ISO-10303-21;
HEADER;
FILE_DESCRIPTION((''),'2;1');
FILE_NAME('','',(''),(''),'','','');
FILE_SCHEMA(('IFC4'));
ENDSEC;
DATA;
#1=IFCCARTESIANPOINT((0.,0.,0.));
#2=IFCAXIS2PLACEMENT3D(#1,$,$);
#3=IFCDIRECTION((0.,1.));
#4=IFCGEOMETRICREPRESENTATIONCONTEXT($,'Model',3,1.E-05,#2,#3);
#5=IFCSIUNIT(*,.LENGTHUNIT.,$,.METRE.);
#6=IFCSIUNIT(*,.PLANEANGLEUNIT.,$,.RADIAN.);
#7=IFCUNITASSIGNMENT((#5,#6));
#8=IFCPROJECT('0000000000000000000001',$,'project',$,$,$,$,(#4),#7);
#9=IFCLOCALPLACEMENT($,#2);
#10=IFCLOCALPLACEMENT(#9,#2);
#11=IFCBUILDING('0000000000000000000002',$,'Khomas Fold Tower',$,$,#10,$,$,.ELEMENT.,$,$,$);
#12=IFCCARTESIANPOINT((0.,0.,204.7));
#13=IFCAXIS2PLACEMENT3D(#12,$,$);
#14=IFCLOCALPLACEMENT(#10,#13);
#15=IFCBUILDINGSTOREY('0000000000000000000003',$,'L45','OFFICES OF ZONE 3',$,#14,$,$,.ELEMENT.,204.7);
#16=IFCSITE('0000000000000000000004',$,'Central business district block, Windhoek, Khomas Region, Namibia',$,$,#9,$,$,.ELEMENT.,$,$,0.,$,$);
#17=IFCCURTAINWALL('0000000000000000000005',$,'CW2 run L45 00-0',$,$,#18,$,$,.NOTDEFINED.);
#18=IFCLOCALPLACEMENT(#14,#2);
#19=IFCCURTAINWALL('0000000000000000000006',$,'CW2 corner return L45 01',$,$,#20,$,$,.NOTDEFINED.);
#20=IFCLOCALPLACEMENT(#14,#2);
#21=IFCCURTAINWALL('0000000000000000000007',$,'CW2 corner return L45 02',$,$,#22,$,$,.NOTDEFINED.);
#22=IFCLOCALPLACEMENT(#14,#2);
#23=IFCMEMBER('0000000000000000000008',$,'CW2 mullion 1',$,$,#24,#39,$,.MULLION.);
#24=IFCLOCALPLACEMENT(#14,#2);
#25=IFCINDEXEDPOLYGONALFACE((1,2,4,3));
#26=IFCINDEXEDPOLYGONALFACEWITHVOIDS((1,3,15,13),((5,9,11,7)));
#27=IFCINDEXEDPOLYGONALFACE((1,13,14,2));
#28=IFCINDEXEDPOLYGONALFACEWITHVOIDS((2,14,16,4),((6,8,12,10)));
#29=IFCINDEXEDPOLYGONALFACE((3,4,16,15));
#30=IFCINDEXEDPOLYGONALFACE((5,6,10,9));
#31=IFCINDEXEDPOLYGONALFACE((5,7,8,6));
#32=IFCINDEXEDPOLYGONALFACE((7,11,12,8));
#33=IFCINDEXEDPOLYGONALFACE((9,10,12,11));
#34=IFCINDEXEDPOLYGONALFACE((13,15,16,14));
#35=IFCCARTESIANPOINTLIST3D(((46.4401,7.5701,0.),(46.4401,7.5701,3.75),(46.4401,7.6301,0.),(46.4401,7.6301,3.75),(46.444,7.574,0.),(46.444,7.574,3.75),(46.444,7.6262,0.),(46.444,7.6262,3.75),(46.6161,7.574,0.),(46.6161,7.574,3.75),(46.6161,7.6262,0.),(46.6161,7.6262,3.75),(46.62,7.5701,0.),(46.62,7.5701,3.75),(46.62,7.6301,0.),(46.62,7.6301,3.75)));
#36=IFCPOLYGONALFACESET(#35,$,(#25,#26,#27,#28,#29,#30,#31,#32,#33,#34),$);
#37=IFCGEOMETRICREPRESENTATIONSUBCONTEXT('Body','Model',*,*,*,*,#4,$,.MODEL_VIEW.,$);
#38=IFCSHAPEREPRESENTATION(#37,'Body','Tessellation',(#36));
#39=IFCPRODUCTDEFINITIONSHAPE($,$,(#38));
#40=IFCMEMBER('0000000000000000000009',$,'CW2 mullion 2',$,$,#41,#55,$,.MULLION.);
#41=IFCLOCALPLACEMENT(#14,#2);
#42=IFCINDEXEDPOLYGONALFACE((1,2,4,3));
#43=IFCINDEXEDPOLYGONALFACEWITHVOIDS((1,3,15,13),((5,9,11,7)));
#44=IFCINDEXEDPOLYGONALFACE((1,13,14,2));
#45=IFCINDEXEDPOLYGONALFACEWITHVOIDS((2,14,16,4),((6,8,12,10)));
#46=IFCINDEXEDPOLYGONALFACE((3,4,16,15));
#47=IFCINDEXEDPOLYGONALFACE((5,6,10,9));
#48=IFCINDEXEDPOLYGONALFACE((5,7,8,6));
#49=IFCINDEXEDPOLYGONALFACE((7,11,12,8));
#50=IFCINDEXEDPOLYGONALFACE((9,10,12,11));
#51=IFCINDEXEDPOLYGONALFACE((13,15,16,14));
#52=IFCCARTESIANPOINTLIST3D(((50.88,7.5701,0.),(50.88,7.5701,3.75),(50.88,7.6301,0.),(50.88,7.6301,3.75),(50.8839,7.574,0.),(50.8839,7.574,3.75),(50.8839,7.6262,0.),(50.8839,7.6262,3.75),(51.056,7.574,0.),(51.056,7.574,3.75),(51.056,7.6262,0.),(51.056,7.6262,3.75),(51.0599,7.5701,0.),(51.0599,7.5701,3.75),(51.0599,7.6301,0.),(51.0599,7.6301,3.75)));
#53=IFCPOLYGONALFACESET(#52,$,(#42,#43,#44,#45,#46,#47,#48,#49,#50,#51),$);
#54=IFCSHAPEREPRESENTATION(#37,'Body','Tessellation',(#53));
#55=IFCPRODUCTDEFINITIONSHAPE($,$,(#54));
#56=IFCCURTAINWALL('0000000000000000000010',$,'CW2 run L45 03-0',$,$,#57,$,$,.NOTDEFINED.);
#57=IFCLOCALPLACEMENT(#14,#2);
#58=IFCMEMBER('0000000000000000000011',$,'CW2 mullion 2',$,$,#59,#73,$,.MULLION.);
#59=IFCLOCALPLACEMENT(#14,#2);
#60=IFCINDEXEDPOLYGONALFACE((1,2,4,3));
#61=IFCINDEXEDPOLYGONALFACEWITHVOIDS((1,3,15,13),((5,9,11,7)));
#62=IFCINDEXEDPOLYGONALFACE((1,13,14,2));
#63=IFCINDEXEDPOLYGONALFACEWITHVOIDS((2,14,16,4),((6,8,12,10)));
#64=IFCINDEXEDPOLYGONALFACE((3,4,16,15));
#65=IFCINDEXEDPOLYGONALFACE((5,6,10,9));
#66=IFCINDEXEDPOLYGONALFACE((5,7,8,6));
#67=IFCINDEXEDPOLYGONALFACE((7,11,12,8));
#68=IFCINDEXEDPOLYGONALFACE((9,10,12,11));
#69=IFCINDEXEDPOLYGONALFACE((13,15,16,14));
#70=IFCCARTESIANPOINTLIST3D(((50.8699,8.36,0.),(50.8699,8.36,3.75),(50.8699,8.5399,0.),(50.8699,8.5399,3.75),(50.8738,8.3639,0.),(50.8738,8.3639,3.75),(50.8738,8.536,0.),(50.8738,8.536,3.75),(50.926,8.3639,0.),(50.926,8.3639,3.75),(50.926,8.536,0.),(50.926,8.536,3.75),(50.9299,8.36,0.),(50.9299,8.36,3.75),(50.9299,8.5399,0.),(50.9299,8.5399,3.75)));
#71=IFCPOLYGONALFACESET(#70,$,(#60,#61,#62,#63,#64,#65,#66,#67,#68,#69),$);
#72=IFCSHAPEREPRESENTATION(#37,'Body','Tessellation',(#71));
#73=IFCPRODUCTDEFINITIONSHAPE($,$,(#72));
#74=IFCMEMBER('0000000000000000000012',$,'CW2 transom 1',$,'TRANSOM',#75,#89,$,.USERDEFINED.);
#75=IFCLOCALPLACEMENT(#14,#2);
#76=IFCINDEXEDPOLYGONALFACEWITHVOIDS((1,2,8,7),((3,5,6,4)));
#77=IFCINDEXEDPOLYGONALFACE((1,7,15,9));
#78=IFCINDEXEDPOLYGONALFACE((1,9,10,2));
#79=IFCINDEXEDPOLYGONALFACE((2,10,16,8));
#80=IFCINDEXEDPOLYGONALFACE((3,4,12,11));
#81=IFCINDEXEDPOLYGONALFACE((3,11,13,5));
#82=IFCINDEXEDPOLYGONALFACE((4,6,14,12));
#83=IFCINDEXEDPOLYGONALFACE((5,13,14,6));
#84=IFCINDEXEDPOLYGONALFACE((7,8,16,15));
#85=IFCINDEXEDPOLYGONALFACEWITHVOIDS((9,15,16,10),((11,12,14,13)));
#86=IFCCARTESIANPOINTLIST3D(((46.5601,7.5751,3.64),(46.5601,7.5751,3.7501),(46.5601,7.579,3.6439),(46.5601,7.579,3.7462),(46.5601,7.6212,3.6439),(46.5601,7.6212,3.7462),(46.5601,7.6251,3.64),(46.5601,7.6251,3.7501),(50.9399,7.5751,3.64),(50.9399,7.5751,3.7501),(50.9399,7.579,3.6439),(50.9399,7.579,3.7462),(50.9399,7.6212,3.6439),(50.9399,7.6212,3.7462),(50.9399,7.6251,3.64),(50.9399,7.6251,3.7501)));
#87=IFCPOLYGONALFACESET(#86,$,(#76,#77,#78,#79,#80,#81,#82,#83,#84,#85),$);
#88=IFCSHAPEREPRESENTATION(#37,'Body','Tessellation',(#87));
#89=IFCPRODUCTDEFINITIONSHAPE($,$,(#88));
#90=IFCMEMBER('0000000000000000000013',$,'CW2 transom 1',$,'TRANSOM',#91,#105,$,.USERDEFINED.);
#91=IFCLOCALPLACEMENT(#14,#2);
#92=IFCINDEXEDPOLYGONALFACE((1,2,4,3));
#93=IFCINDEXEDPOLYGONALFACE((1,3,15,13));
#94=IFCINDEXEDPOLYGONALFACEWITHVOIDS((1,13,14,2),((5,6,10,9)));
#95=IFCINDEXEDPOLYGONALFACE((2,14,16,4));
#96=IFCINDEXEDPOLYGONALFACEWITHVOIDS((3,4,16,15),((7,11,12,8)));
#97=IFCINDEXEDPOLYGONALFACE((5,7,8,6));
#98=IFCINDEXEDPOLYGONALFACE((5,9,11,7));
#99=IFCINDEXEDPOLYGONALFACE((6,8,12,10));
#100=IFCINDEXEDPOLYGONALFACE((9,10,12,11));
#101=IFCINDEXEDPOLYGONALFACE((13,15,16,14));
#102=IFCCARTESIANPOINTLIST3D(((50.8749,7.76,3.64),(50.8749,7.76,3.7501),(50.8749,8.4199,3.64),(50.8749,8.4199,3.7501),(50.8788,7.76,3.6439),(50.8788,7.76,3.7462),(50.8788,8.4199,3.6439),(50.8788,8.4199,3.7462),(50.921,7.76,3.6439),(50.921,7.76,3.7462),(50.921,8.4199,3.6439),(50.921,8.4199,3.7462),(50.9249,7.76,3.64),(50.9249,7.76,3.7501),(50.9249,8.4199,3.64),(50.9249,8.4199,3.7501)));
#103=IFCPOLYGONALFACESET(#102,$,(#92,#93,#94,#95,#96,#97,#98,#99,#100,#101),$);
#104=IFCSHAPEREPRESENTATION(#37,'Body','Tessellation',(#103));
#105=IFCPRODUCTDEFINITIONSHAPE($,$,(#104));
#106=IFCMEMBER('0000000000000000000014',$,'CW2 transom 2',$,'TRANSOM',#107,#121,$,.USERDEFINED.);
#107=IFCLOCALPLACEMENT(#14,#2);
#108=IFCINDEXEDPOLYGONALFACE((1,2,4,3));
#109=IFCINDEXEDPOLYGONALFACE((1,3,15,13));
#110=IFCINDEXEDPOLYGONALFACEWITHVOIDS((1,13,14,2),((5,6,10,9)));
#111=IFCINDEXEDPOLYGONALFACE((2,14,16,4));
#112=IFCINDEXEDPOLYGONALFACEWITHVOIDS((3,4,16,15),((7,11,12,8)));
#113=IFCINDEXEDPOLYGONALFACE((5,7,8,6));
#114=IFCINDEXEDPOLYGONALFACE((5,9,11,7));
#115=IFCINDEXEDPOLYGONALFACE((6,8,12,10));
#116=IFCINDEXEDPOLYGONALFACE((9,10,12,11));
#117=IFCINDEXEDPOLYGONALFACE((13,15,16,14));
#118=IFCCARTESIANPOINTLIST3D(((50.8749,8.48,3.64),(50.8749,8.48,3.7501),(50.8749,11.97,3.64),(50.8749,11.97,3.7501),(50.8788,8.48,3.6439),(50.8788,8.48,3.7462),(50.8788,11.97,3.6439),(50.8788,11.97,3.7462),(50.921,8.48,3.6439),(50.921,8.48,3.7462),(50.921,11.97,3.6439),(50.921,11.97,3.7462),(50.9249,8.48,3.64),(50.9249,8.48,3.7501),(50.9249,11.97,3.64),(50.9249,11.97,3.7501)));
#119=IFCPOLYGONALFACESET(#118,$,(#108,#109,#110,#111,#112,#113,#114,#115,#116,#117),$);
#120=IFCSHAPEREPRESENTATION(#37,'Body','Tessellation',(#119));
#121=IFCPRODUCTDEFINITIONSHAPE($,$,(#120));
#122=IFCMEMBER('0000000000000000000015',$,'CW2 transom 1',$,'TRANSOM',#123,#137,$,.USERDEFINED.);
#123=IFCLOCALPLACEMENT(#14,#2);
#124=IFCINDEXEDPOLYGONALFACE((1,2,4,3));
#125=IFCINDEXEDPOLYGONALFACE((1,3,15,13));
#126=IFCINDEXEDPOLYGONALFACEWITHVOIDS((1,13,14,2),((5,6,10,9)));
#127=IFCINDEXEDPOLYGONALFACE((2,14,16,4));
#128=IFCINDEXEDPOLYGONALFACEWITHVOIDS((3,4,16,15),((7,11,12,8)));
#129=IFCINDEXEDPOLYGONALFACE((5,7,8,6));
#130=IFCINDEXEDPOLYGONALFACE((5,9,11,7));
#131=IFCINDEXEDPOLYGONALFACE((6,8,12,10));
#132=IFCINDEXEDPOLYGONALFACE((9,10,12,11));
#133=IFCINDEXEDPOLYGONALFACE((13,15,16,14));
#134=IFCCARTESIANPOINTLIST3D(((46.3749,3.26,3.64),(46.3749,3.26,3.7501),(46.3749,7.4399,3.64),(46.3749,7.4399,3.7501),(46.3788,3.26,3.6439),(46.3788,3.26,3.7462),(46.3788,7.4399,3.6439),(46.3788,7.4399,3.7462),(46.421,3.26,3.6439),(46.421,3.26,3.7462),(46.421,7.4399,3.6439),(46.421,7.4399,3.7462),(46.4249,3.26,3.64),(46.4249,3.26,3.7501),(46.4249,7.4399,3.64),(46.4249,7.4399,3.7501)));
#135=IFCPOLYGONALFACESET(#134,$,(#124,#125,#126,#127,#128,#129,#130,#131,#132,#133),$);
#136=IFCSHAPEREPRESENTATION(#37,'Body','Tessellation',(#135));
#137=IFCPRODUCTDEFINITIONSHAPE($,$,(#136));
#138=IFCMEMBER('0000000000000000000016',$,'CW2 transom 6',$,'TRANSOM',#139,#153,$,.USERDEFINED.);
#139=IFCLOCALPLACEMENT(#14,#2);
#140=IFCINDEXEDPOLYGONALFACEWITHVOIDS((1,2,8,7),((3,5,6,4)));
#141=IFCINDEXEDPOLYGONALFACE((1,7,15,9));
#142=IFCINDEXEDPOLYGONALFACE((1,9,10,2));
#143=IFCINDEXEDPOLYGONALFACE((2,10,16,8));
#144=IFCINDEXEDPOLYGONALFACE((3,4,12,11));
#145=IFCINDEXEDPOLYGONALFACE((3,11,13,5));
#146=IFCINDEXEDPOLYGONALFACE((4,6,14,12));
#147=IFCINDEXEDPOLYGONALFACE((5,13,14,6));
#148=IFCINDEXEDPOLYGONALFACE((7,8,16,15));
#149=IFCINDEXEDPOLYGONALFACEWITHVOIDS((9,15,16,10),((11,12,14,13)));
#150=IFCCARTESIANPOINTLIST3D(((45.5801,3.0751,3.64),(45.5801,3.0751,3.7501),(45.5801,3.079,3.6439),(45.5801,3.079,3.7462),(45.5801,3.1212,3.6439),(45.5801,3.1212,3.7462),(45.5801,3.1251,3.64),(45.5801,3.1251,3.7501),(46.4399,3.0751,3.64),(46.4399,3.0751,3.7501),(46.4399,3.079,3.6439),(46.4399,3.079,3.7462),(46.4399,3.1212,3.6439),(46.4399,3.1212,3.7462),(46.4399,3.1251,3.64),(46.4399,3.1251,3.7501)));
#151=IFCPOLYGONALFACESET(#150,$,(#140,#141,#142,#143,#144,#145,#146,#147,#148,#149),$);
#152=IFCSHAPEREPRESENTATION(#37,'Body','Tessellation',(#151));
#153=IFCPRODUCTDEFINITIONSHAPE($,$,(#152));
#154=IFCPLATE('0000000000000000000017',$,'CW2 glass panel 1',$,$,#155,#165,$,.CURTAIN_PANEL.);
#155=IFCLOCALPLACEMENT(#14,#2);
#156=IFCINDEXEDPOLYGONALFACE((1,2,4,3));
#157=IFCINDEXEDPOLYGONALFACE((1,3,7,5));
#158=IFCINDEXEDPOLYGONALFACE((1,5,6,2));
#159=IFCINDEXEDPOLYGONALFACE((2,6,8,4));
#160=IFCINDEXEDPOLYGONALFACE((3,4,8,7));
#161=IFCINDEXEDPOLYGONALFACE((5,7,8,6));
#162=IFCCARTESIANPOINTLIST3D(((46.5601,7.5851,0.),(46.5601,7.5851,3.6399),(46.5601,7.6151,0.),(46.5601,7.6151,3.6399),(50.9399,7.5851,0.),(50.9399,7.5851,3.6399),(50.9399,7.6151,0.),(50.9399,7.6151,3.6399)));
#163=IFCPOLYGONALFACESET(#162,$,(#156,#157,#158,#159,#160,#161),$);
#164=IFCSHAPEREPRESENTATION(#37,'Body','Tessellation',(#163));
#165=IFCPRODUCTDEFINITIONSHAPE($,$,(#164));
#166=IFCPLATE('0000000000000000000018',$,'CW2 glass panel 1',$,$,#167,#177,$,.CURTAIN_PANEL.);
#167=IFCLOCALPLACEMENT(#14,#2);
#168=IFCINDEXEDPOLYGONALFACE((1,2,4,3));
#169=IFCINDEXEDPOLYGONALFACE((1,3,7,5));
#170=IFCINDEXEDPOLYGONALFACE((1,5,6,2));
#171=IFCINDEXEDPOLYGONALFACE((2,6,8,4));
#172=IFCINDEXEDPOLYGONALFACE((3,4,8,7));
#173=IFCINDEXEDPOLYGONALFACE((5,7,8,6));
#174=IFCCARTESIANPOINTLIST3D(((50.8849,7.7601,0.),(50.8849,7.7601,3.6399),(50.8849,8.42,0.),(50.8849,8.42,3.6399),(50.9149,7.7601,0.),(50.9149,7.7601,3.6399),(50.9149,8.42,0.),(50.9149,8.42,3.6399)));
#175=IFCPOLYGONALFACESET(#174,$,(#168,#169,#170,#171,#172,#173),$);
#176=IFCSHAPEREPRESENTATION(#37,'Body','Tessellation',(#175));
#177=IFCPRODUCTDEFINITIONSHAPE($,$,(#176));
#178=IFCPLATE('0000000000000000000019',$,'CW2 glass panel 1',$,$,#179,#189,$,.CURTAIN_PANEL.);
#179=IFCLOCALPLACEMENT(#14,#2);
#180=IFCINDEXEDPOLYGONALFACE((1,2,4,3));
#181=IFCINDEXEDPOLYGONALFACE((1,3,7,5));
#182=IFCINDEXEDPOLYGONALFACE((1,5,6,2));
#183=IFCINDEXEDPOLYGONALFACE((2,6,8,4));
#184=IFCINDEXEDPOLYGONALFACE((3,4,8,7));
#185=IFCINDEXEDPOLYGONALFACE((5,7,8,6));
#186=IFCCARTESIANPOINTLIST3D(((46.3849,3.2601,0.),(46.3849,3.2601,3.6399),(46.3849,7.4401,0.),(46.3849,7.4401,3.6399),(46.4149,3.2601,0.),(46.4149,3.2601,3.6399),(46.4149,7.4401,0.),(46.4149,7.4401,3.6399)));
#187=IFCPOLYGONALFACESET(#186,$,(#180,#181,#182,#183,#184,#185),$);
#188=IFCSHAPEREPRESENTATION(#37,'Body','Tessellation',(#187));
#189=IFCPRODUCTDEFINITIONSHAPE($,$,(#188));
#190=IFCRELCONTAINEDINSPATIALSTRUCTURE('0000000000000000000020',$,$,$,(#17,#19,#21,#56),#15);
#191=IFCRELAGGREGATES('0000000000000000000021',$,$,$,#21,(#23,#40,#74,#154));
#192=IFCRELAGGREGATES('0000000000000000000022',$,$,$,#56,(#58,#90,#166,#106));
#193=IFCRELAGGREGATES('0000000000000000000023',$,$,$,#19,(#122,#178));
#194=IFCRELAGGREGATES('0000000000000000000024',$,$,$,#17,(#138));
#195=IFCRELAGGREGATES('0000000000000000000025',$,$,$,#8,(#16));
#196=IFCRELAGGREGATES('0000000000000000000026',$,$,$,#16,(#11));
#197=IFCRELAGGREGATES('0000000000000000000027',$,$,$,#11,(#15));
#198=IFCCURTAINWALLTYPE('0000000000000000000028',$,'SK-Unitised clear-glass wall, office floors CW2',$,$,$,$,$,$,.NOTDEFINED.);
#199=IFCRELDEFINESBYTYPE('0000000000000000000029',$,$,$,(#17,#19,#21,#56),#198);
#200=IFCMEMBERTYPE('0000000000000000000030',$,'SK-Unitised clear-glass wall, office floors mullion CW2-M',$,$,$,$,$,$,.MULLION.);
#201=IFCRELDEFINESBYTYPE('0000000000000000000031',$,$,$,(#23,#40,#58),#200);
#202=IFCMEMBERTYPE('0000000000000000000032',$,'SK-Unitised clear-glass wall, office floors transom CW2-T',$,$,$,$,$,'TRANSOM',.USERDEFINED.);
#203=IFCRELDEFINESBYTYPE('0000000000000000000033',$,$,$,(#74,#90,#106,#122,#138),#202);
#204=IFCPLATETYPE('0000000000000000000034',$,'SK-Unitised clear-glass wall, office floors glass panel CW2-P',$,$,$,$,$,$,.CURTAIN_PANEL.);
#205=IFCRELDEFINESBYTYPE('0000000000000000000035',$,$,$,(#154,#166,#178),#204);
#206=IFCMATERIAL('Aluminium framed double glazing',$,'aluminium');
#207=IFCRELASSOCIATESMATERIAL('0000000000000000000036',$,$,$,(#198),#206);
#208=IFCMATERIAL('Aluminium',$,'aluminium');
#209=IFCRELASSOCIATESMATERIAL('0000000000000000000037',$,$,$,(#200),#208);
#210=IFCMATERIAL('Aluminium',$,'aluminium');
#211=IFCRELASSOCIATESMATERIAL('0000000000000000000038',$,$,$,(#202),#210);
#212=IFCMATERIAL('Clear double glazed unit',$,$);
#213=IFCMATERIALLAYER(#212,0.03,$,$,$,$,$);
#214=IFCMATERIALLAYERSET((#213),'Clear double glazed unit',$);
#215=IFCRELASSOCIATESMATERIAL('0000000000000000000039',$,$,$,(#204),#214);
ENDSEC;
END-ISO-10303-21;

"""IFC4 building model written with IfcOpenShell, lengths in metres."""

from ifc_helpers import new_model, si_unit, direction, frame, origin, origin_2d, place, context, subcontext, project, spatial, rectangle, hollow_rectangle, extrude, source, transform, mapped, material, layer, layer_set, material_profile, profile_set, type_object, element, aggregate, save


model = new_model("IFC4")

# Units and contexts
model_context = context("Model", 3, precision=1e-05, world=origin(), true_north=direction((0.0, 1.0)))
body_context = subcontext(model_context, "Body", "Model", "MODEL_VIEW")
ifc_project = project(units=[si_unit("LENGTHUNIT", "METRE"), si_unit("PLANEANGLEUNIT", "RADIAN")], contexts=[model_context])

# Site, building, storey
site_placement = place(None, origin())
site = spatial("IfcSite", under=ifc_project, at=site_placement, Name="Central business district block, Windhoek, Khomas Region, Namibia", CompositionType="ELEMENT", RefElevation=0.0)
building_placement = place(site_placement, origin())
building = spatial("IfcBuilding", under=site, at=building_placement, Name="Khomas Fold Tower", CompositionType="ELEMENT")
storey_placement = place(building_placement, frame((0.0, 0.0, 204.7)))
storey = spatial("IfcBuildingStorey", under=building, at=storey_placement, Name="L45", Description="OFFICES OF ZONE 3", CompositionType="ELEMENT", Elevation=204.7)

# Curtain walls, members
ifc_material_1 = material(Name="Aluminium framed double glazing", Category="aluminium")
curtain_wall_type = type_object("IfcCurtainWallType", Name="SK-Unitised clear-glass wall, office floors CW2", PredefinedType="NOTDEFINED", material=ifc_material_1)
curtain_wall_1_placement = place(storey_placement, origin())
curtain_wall_1 = element("IfcCurtainWall", 1, at=curtain_wall_1_placement, inside=storey, type_object=curtain_wall_type, Name="CW2 run L45 00-0", PredefinedType="NOTDEFINED")
ifc_material_2 = material(Name="Aluminium", Category="aluminium")
ifc_material_profile_1 = material_profile(ifc_material_2, hollow_rectangle(XDim=0.0601, YDim=0.1799, WallThickness=0.0039, at=origin_2d()), Name="SK-Unitised clear-glass wall, office floors mullion CW2-M")
ifc_profile_set_1 = profile_set([ifc_material_profile_1], Name="Aluminium")
member_type_1 = type_object("IfcMemberType", Name="SK-Unitised clear-glass wall, office floors mullion CW2-M", PredefinedType="MULLION", material=ifc_profile_set_1)
shared_shape_1 = source(origin(), body_context, "Body", "SweptSolid", [
    extrude(hollow_rectangle(XDim=0.0601, YDim=0.1799, WallThickness=0.0039, at=origin_2d()), origin(), (0.0, 0.0, 1.0), 3.75),
])
curtain_wall_2_placement = place(storey_placement, origin())
curtain_wall_2 = element("IfcCurtainWall", 2, at=curtain_wall_2_placement, inside=storey, type_object=curtain_wall_type, Name="CW2 corner return L45 01", PredefinedType="NOTDEFINED")
curtain_wall_3_placement = place(storey_placement, origin())
curtain_wall_3 = element("IfcCurtainWall", 3, at=curtain_wall_3_placement, inside=storey, type_object=curtain_wall_type, Name="CW2 corner return L45 02", PredefinedType="NOTDEFINED")
member_1_placement = place(storey_placement, frame((46.53, 7.6001, 0.0), z_axis=(0.0, 0.0, 1.0), x_axis=(0.0, 1.0, 0.0)))
member_1 = element("IfcMember", 4, at=member_1_placement, type_object=member_type_1, Name="CW2 mullion 1", PredefinedType="MULLION", context=body_context, shape_type="MappedRepresentation", body=[
    mapped(shared_shape_1, transform((0.0, 0.0, 0.0))),
])
member_2_placement = place(storey_placement, frame((50.97, 7.6001, 0.0), z_axis=(0.0, 0.0, 1.0), x_axis=(0.0, 1.0, 0.0)))
member_2 = element("IfcMember", 5, at=member_2_placement, type_object=member_type_1, Name="CW2 mullion 2", PredefinedType="MULLION", context=body_context, shape_type="MappedRepresentation", body=[
    mapped(shared_shape_1, transform((0.0, 0.0, 0.0))),
])

# Curtain wall, member
curtain_wall_4_placement = place(storey_placement, origin())
curtain_wall_4 = element("IfcCurtainWall", 6, at=curtain_wall_4_placement, inside=storey, type_object=curtain_wall_type, Name="CW2 run L45 03-0", PredefinedType="NOTDEFINED")
member_3_placement = place(storey_placement, frame((50.8999, 8.45, 0.0), z_axis=(0.0, 0.0, 1.0), x_axis=(-1.0, 0.0, 0.0)))
member_3 = element("IfcMember", 7, at=member_3_placement, type_object=member_type_1, Name="CW2 mullion 2", PredefinedType="MULLION", context=body_context, shape_type="MappedRepresentation", body=[
    mapped(shared_shape_1, transform((0.0, 0.0, 0.0))),
])

# Members
ifc_material_3 = material(Name="Aluminium", Category="aluminium")
ifc_material_profile_2 = material_profile(ifc_material_3, hollow_rectangle(XDim=0.05, YDim=0.1101, WallThickness=0.0039, at=origin_2d()), Name="SK-Unitised clear-glass wall, office floors transom CW2-T")
ifc_profile_set_2 = profile_set([ifc_material_profile_2], Name="Aluminium")
member_type_2 = type_object("IfcMemberType", Name="SK-Unitised clear-glass wall, office floors transom CW2-T", ElementType="TRANSOM", PredefinedType="USERDEFINED", material=ifc_profile_set_2)
shared_shape_2 = source(origin(), body_context, "Body", "SweptSolid", [
    extrude(hollow_rectangle(XDim=0.05, YDim=0.1101, WallThickness=0.0039, at=origin_2d()), origin(), (0.0, 0.0, 1.0), 4.3799),
])
member_4_placement = place(storey_placement, frame((46.5601, 7.6001, 3.6951), z_axis=(1.0, 0.0, 0.0), x_axis=(0.0, 1.0, 0.0)))
member_4 = element("IfcMember", 8, at=member_4_placement, type_object=member_type_2, Name="CW2 transom 1", ObjectType="TRANSOM", PredefinedType="USERDEFINED", context=body_context, shape_type="MappedRepresentation", body=[
    mapped(shared_shape_2, transform((0.0, 0.0, 0.0))),
])
shared_shape_3 = source(origin(), body_context, "Body", "SweptSolid", [
    extrude(hollow_rectangle(XDim=0.05, YDim=0.1101, WallThickness=0.0039, at=origin_2d()), origin(), (0.0, 0.0, 1.0), 0.6599),
])
member_5_placement = place(storey_placement, frame((50.8999, 7.76, 3.6951), z_axis=(0.0, 1.0, 0.0), x_axis=(-1.0, 0.0, 0.0)))
member_5 = element("IfcMember", 9, at=member_5_placement, type_object=member_type_2, Name="CW2 transom 1", ObjectType="TRANSOM", PredefinedType="USERDEFINED", context=body_context, shape_type="MappedRepresentation", body=[
    mapped(shared_shape_3, transform((0.0, 0.0, 0.0))),
])
shared_shape_4 = source(origin(), body_context, "Body", "SweptSolid", [
    extrude(hollow_rectangle(XDim=0.05, YDim=0.1101, WallThickness=0.0039, at=origin_2d()), origin(), (0.0, 0.0, 1.0), 3.49),
])
member_6_placement = place(storey_placement, frame((50.8999, 8.48, 3.6951), z_axis=(0.0, 1.0, 0.0), x_axis=(-1.0, 0.0, 0.0)))
member_6 = element("IfcMember", 10, at=member_6_placement, type_object=member_type_2, Name="CW2 transom 2", ObjectType="TRANSOM", PredefinedType="USERDEFINED", context=body_context, shape_type="MappedRepresentation", body=[
    mapped(shared_shape_4, transform((0.0, 0.0, 0.0))),
])
shared_shape_5 = source(origin(), body_context, "Body", "SweptSolid", [
    extrude(hollow_rectangle(XDim=0.05, YDim=0.1101, WallThickness=0.0039, at=origin_2d()), origin(), (0.0, 0.0, 1.0), 4.1799),
])
member_7_placement = place(storey_placement, frame((46.3999, 3.26, 3.6951), z_axis=(0.0, 1.0, 0.0), x_axis=(-1.0, 0.0, 0.0)))
member_7 = element("IfcMember", 11, at=member_7_placement, type_object=member_type_2, Name="CW2 transom 1", ObjectType="TRANSOM", PredefinedType="USERDEFINED", context=body_context, shape_type="MappedRepresentation", body=[
    mapped(shared_shape_5, transform((0.0, 0.0, 0.0))),
])
shared_shape_6 = source(origin(), body_context, "Body", "SweptSolid", [
    extrude(hollow_rectangle(XDim=0.05, YDim=0.1101, WallThickness=0.0039, at=origin_2d()), origin(), (0.0, 0.0, 1.0), 0.8599),
])
member_8_placement = place(storey_placement, frame((45.5801, 3.1001, 3.6951), z_axis=(1.0, 0.0, 0.0), x_axis=(0.0, 1.0, 0.0)))
member_8 = element("IfcMember", 12, at=member_8_placement, type_object=member_type_2, Name="CW2 transom 6", ObjectType="TRANSOM", PredefinedType="USERDEFINED", context=body_context, shape_type="MappedRepresentation", body=[
    mapped(shared_shape_6, transform((0.0, 0.0, 0.0))),
])

# Plates
ifc_material_4 = material(Name="Clear double glazed unit")
ifc_layer = layer(ifc_material_4, 0.03)
ifc_layer_set = layer_set([ifc_layer], Name="Clear double glazed unit")
plate_type = type_object("IfcPlateType", Name="SK-Unitised clear-glass wall, office floors glass panel CW2-P", PredefinedType="CURTAIN_PANEL", material=ifc_layer_set)
shared_shape_7 = source(origin(), body_context, "Body", "SweptSolid", [
    extrude(rectangle(XDim=4.3799, YDim=0.03, at=origin_2d()), origin(), (0.0, 0.0, 1.0), 3.6399),
])
plate_1_placement = place(storey_placement, frame((48.75, 7.6001, 0.0), z_axis=(0.0, 0.0, 1.0), x_axis=(1.0, 0.0, 0.0)))
plate_1 = element("IfcPlate", 13, at=plate_1_placement, type_object=plate_type, Name="CW2 glass panel 1", PredefinedType="CURTAIN_PANEL", context=body_context, shape_type="MappedRepresentation", body=[
    mapped(shared_shape_7, transform((0.0, 0.0, 0.0))),
])
aggregate(curtain_wall_3, [member_1, member_2, member_4, plate_1])
shared_shape_8 = source(origin(), body_context, "Body", "SweptSolid", [
    extrude(rectangle(XDim=0.6599, YDim=0.03, at=origin_2d()), origin(), (0.0, 0.0, 1.0), 3.6399),
])
plate_2_placement = place(storey_placement, frame((50.8999, 8.0901, 0.0), z_axis=(0.0, 0.0, 1.0), x_axis=(0.0, 1.0, 0.0)))
plate_2 = element("IfcPlate", 14, at=plate_2_placement, type_object=plate_type, Name="CW2 glass panel 1", PredefinedType="CURTAIN_PANEL", context=body_context, shape_type="MappedRepresentation", body=[
    mapped(shared_shape_8, transform((0.0, 0.0, 0.0))),
])
aggregate(curtain_wall_4, [member_3, member_5, plate_2, member_6])
shared_shape_9 = source(origin(), body_context, "Body", "SweptSolid", [
    extrude(rectangle(XDim=4.1799, YDim=0.03, at=origin_2d()), origin(), (0.0, 0.0, 1.0), 3.6399),
])
plate_3_placement = place(storey_placement, frame((46.3999, 5.3501, 0.0), z_axis=(0.0, 0.0, 1.0), x_axis=(0.0, 1.0, 0.0)))
plate_3 = element("IfcPlate", 15, at=plate_3_placement, type_object=plate_type, Name="CW2 glass panel 1", PredefinedType="CURTAIN_PANEL", context=body_context, shape_type="MappedRepresentation", body=[
    mapped(shared_shape_9, transform((0.0, 0.0, 0.0))),
])
aggregate(curtain_wall_2, [member_7, plate_3])
aggregate(curtain_wall_1, [member_8])

save(model, "model.ifc")
